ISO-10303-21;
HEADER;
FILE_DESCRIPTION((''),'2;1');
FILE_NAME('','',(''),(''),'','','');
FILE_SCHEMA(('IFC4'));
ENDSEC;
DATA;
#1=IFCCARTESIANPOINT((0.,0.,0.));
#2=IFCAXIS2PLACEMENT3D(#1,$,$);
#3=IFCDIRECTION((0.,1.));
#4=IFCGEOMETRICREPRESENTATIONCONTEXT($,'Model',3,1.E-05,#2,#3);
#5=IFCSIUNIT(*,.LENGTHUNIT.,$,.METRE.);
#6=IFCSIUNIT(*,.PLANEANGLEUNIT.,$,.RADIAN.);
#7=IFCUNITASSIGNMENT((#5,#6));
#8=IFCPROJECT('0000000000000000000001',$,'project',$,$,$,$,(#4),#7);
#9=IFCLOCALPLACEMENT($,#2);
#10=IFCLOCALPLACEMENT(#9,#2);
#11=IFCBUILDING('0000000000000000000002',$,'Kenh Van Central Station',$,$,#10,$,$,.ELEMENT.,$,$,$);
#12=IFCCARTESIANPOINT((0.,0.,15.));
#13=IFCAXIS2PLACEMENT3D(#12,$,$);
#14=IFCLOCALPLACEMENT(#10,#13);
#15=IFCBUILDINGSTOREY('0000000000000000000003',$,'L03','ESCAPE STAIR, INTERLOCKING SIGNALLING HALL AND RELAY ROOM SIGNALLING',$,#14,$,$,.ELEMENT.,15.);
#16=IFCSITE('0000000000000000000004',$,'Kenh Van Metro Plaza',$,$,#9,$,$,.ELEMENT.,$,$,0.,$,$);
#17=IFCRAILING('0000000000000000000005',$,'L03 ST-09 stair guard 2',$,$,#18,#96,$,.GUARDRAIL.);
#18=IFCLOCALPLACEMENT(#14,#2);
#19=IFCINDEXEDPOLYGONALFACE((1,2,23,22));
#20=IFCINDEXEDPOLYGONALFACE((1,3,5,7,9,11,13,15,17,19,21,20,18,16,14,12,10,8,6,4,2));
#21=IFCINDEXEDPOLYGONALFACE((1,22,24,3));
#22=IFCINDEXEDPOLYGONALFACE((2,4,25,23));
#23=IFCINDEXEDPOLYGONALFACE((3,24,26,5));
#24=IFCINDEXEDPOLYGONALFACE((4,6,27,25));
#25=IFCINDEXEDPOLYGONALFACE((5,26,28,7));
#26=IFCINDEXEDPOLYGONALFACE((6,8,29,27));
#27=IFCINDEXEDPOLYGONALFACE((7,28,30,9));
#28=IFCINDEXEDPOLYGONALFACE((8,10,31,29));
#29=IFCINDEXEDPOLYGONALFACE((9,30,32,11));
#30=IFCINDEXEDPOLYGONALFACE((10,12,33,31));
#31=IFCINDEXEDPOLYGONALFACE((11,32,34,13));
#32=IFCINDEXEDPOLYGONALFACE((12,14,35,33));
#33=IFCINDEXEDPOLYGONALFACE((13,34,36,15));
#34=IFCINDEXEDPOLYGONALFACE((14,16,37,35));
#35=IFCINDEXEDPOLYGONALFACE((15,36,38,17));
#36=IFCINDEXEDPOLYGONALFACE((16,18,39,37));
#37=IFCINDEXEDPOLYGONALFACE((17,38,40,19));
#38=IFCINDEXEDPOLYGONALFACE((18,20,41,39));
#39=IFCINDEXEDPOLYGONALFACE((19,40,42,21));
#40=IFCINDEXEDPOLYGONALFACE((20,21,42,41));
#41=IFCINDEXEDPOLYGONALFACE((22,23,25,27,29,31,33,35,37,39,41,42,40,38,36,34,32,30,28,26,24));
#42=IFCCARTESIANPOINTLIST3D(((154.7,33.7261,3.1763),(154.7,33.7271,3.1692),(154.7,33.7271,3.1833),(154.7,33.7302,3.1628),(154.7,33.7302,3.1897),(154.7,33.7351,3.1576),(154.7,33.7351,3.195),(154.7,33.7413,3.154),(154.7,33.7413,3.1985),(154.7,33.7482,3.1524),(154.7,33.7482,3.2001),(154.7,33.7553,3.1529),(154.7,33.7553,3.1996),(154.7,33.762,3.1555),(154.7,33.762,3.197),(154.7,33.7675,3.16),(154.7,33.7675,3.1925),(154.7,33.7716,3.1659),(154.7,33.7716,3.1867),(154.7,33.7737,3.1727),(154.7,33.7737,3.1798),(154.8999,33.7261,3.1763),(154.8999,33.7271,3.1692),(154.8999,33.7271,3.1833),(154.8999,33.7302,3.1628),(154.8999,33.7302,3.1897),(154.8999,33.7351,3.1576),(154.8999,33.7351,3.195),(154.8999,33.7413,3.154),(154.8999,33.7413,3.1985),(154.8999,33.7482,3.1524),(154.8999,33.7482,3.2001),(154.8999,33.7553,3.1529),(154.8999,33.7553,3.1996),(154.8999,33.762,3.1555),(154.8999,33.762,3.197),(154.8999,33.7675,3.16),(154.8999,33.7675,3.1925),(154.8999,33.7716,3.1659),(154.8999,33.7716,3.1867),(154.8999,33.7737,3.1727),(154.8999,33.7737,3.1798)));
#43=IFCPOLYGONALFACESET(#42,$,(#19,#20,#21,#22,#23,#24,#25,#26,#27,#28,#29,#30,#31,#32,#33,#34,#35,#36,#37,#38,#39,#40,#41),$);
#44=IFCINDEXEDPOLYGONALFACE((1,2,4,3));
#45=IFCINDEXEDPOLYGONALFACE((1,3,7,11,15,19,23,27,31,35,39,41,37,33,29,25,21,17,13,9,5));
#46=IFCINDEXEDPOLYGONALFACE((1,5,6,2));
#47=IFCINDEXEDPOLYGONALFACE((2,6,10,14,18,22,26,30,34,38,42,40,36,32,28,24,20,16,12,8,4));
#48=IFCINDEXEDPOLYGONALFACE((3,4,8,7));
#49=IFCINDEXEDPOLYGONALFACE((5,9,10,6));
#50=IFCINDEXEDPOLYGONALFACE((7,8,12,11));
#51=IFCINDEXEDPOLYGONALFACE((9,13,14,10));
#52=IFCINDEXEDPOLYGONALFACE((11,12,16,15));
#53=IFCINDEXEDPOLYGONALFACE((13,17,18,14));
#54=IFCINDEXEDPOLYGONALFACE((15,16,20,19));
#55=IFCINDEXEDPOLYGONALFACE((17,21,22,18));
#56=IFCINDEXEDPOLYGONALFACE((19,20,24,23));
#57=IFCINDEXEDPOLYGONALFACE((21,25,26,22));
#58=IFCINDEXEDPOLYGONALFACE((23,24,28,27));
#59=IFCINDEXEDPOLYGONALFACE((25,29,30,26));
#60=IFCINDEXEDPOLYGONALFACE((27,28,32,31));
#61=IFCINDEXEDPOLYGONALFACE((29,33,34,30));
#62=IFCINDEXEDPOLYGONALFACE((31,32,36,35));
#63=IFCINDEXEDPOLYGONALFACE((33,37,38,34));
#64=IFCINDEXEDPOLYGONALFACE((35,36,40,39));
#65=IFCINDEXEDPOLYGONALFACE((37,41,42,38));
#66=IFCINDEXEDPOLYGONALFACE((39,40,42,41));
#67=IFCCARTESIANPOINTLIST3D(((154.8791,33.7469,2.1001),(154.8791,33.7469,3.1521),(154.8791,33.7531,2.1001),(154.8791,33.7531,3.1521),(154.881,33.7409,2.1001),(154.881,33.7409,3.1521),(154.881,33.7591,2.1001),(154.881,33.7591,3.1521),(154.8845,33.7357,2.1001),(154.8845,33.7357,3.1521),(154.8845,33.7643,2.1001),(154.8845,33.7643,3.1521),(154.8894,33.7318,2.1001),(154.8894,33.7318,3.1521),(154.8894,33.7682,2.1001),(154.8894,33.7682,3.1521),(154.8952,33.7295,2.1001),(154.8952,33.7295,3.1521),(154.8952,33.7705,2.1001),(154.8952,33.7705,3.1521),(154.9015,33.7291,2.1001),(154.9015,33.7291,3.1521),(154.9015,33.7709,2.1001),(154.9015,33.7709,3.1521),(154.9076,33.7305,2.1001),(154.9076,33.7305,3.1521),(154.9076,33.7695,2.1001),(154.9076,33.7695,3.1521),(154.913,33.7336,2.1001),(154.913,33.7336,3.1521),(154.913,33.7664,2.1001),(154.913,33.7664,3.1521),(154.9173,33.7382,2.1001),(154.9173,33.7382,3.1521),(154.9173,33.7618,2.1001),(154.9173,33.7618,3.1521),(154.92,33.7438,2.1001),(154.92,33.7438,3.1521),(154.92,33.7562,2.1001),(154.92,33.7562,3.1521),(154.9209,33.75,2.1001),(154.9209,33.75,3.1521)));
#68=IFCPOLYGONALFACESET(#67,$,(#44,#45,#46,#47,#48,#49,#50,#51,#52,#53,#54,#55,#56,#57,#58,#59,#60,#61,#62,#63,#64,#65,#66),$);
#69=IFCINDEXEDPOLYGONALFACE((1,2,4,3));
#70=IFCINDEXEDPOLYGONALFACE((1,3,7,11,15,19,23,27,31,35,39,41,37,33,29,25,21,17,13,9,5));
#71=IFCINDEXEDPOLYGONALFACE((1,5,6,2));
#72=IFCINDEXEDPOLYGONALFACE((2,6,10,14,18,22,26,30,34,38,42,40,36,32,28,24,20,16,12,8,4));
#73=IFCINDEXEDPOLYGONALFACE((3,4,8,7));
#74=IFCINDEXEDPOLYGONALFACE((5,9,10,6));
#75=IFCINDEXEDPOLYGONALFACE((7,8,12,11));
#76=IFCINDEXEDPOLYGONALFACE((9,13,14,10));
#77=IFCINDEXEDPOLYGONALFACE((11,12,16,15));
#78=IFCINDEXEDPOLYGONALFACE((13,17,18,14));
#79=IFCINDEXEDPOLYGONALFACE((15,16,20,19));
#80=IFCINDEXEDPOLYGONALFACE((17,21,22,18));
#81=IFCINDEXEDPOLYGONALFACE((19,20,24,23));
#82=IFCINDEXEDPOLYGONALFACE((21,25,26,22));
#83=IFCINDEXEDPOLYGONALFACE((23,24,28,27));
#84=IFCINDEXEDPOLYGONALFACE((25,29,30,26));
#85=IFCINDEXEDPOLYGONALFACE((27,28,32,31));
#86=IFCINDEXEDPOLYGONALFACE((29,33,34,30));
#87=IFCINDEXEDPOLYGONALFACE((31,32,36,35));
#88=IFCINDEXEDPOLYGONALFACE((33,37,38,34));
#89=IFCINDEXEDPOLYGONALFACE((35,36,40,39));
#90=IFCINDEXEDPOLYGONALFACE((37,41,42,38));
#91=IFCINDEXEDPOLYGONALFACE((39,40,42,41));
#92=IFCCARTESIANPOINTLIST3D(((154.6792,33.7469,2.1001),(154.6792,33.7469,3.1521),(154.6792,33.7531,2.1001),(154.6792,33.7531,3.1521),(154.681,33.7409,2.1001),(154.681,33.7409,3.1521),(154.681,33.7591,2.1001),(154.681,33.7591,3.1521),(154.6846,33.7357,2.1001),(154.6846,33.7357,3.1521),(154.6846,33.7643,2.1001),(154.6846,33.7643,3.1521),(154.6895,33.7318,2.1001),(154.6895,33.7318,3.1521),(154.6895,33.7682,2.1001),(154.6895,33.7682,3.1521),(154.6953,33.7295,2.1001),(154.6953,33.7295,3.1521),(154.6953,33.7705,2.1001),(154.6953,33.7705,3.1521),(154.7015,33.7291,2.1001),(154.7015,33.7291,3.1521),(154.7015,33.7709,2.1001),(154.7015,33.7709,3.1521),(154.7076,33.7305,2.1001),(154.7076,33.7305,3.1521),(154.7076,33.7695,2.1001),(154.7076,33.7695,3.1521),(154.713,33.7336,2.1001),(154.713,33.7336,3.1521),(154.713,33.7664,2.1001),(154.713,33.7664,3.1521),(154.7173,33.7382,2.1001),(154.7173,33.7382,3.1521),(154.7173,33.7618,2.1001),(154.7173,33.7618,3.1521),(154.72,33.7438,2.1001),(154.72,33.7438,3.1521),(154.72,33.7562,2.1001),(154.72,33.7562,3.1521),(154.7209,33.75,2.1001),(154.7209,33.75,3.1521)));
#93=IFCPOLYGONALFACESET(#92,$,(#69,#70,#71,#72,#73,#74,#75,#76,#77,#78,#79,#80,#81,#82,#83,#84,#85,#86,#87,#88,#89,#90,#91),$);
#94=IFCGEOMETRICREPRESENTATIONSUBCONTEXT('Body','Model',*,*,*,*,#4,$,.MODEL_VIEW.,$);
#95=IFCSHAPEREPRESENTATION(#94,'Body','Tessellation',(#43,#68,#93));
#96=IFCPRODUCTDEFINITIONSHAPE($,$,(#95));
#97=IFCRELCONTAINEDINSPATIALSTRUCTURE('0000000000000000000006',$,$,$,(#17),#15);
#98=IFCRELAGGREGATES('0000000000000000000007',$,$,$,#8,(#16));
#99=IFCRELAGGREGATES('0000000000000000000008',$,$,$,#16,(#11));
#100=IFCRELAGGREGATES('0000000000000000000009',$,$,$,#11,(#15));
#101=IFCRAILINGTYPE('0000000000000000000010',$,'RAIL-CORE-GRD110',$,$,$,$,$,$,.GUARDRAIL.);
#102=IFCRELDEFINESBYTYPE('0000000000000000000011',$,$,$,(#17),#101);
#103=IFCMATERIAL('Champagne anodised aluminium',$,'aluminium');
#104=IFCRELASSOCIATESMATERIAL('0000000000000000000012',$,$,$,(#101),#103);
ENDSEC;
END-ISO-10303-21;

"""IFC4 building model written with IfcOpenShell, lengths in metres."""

from ifc_helpers import new_model, si_unit, direction, frame, origin, origin_2d, place, context, subcontext, project, spatial, circle, extrude, material, type_object, element, save


model = new_model("IFC4")

# Units and contexts
model_context = context("Model", 3, precision=1e-05, world=origin(), true_north=direction((0.0, 1.0)))
body_context = subcontext(model_context, "Body", "Model", "MODEL_VIEW")
ifc_project = project(units=[si_unit("LENGTHUNIT", "METRE"), si_unit("PLANEANGLEUNIT", "RADIAN")], contexts=[model_context])

# Site, building, storey
site_placement = place(None, origin())
site = spatial("IfcSite", under=ifc_project, at=site_placement, Name="Kenh Van Metro Plaza", CompositionType="ELEMENT", RefElevation=0.0)
building_placement = place(site_placement, origin())
building = spatial("IfcBuilding", under=site, at=building_placement, Name="Kenh Van Central Station", CompositionType="ELEMENT")
storey_placement = place(building_placement, frame((0.0, 0.0, 15.0)))
storey = spatial("IfcBuildingStorey", under=building, at=storey_placement, Name="L03", Description="ESCAPE STAIR, INTERLOCKING SIGNALLING HALL AND RELAY ROOM SIGNALLING", CompositionType="ELEMENT", Elevation=15.0)

# Shared definitions
ifc_material_1 = material(Name="Champagne anodised aluminium", Category="aluminium")

# Railing
railing_type_1 = type_object("IfcRailingType", Name="RAIL-CORE-GRD110", PredefinedType="GUARDRAIL", material=ifc_material_1)
railing_1_placement = place(storey_placement, frame((154.8999, 33.75, 2.1001)))
element("IfcRailing", 1, at=railing_1_placement, inside=storey, type_object=railing_type_1, Name="L03 ST-09 stair guard 2", PredefinedType="GUARDRAIL", context=body_context, shape_type="SweptSolid", body=[
    extrude(circle(Radius=0.0239, at=origin_2d()), frame((0.0, 0.0, 1.0762), z_axis=(-1.0, 0.0, 0.0), x_axis=(0.0, -1.0, 0.0)), (0.0, 0.0, 1.0), 0.2),
    extrude(circle(Radius=0.021, at=origin_2d()), origin(), (0.0, 0.0, 1.0), 1.052),
    extrude(circle(Radius=0.021, at=origin_2d()), frame((-0.2, 0.0, 0.0)), (0.0, 0.0, 1.0), 1.052),
])

save(model, "model.ifc")
